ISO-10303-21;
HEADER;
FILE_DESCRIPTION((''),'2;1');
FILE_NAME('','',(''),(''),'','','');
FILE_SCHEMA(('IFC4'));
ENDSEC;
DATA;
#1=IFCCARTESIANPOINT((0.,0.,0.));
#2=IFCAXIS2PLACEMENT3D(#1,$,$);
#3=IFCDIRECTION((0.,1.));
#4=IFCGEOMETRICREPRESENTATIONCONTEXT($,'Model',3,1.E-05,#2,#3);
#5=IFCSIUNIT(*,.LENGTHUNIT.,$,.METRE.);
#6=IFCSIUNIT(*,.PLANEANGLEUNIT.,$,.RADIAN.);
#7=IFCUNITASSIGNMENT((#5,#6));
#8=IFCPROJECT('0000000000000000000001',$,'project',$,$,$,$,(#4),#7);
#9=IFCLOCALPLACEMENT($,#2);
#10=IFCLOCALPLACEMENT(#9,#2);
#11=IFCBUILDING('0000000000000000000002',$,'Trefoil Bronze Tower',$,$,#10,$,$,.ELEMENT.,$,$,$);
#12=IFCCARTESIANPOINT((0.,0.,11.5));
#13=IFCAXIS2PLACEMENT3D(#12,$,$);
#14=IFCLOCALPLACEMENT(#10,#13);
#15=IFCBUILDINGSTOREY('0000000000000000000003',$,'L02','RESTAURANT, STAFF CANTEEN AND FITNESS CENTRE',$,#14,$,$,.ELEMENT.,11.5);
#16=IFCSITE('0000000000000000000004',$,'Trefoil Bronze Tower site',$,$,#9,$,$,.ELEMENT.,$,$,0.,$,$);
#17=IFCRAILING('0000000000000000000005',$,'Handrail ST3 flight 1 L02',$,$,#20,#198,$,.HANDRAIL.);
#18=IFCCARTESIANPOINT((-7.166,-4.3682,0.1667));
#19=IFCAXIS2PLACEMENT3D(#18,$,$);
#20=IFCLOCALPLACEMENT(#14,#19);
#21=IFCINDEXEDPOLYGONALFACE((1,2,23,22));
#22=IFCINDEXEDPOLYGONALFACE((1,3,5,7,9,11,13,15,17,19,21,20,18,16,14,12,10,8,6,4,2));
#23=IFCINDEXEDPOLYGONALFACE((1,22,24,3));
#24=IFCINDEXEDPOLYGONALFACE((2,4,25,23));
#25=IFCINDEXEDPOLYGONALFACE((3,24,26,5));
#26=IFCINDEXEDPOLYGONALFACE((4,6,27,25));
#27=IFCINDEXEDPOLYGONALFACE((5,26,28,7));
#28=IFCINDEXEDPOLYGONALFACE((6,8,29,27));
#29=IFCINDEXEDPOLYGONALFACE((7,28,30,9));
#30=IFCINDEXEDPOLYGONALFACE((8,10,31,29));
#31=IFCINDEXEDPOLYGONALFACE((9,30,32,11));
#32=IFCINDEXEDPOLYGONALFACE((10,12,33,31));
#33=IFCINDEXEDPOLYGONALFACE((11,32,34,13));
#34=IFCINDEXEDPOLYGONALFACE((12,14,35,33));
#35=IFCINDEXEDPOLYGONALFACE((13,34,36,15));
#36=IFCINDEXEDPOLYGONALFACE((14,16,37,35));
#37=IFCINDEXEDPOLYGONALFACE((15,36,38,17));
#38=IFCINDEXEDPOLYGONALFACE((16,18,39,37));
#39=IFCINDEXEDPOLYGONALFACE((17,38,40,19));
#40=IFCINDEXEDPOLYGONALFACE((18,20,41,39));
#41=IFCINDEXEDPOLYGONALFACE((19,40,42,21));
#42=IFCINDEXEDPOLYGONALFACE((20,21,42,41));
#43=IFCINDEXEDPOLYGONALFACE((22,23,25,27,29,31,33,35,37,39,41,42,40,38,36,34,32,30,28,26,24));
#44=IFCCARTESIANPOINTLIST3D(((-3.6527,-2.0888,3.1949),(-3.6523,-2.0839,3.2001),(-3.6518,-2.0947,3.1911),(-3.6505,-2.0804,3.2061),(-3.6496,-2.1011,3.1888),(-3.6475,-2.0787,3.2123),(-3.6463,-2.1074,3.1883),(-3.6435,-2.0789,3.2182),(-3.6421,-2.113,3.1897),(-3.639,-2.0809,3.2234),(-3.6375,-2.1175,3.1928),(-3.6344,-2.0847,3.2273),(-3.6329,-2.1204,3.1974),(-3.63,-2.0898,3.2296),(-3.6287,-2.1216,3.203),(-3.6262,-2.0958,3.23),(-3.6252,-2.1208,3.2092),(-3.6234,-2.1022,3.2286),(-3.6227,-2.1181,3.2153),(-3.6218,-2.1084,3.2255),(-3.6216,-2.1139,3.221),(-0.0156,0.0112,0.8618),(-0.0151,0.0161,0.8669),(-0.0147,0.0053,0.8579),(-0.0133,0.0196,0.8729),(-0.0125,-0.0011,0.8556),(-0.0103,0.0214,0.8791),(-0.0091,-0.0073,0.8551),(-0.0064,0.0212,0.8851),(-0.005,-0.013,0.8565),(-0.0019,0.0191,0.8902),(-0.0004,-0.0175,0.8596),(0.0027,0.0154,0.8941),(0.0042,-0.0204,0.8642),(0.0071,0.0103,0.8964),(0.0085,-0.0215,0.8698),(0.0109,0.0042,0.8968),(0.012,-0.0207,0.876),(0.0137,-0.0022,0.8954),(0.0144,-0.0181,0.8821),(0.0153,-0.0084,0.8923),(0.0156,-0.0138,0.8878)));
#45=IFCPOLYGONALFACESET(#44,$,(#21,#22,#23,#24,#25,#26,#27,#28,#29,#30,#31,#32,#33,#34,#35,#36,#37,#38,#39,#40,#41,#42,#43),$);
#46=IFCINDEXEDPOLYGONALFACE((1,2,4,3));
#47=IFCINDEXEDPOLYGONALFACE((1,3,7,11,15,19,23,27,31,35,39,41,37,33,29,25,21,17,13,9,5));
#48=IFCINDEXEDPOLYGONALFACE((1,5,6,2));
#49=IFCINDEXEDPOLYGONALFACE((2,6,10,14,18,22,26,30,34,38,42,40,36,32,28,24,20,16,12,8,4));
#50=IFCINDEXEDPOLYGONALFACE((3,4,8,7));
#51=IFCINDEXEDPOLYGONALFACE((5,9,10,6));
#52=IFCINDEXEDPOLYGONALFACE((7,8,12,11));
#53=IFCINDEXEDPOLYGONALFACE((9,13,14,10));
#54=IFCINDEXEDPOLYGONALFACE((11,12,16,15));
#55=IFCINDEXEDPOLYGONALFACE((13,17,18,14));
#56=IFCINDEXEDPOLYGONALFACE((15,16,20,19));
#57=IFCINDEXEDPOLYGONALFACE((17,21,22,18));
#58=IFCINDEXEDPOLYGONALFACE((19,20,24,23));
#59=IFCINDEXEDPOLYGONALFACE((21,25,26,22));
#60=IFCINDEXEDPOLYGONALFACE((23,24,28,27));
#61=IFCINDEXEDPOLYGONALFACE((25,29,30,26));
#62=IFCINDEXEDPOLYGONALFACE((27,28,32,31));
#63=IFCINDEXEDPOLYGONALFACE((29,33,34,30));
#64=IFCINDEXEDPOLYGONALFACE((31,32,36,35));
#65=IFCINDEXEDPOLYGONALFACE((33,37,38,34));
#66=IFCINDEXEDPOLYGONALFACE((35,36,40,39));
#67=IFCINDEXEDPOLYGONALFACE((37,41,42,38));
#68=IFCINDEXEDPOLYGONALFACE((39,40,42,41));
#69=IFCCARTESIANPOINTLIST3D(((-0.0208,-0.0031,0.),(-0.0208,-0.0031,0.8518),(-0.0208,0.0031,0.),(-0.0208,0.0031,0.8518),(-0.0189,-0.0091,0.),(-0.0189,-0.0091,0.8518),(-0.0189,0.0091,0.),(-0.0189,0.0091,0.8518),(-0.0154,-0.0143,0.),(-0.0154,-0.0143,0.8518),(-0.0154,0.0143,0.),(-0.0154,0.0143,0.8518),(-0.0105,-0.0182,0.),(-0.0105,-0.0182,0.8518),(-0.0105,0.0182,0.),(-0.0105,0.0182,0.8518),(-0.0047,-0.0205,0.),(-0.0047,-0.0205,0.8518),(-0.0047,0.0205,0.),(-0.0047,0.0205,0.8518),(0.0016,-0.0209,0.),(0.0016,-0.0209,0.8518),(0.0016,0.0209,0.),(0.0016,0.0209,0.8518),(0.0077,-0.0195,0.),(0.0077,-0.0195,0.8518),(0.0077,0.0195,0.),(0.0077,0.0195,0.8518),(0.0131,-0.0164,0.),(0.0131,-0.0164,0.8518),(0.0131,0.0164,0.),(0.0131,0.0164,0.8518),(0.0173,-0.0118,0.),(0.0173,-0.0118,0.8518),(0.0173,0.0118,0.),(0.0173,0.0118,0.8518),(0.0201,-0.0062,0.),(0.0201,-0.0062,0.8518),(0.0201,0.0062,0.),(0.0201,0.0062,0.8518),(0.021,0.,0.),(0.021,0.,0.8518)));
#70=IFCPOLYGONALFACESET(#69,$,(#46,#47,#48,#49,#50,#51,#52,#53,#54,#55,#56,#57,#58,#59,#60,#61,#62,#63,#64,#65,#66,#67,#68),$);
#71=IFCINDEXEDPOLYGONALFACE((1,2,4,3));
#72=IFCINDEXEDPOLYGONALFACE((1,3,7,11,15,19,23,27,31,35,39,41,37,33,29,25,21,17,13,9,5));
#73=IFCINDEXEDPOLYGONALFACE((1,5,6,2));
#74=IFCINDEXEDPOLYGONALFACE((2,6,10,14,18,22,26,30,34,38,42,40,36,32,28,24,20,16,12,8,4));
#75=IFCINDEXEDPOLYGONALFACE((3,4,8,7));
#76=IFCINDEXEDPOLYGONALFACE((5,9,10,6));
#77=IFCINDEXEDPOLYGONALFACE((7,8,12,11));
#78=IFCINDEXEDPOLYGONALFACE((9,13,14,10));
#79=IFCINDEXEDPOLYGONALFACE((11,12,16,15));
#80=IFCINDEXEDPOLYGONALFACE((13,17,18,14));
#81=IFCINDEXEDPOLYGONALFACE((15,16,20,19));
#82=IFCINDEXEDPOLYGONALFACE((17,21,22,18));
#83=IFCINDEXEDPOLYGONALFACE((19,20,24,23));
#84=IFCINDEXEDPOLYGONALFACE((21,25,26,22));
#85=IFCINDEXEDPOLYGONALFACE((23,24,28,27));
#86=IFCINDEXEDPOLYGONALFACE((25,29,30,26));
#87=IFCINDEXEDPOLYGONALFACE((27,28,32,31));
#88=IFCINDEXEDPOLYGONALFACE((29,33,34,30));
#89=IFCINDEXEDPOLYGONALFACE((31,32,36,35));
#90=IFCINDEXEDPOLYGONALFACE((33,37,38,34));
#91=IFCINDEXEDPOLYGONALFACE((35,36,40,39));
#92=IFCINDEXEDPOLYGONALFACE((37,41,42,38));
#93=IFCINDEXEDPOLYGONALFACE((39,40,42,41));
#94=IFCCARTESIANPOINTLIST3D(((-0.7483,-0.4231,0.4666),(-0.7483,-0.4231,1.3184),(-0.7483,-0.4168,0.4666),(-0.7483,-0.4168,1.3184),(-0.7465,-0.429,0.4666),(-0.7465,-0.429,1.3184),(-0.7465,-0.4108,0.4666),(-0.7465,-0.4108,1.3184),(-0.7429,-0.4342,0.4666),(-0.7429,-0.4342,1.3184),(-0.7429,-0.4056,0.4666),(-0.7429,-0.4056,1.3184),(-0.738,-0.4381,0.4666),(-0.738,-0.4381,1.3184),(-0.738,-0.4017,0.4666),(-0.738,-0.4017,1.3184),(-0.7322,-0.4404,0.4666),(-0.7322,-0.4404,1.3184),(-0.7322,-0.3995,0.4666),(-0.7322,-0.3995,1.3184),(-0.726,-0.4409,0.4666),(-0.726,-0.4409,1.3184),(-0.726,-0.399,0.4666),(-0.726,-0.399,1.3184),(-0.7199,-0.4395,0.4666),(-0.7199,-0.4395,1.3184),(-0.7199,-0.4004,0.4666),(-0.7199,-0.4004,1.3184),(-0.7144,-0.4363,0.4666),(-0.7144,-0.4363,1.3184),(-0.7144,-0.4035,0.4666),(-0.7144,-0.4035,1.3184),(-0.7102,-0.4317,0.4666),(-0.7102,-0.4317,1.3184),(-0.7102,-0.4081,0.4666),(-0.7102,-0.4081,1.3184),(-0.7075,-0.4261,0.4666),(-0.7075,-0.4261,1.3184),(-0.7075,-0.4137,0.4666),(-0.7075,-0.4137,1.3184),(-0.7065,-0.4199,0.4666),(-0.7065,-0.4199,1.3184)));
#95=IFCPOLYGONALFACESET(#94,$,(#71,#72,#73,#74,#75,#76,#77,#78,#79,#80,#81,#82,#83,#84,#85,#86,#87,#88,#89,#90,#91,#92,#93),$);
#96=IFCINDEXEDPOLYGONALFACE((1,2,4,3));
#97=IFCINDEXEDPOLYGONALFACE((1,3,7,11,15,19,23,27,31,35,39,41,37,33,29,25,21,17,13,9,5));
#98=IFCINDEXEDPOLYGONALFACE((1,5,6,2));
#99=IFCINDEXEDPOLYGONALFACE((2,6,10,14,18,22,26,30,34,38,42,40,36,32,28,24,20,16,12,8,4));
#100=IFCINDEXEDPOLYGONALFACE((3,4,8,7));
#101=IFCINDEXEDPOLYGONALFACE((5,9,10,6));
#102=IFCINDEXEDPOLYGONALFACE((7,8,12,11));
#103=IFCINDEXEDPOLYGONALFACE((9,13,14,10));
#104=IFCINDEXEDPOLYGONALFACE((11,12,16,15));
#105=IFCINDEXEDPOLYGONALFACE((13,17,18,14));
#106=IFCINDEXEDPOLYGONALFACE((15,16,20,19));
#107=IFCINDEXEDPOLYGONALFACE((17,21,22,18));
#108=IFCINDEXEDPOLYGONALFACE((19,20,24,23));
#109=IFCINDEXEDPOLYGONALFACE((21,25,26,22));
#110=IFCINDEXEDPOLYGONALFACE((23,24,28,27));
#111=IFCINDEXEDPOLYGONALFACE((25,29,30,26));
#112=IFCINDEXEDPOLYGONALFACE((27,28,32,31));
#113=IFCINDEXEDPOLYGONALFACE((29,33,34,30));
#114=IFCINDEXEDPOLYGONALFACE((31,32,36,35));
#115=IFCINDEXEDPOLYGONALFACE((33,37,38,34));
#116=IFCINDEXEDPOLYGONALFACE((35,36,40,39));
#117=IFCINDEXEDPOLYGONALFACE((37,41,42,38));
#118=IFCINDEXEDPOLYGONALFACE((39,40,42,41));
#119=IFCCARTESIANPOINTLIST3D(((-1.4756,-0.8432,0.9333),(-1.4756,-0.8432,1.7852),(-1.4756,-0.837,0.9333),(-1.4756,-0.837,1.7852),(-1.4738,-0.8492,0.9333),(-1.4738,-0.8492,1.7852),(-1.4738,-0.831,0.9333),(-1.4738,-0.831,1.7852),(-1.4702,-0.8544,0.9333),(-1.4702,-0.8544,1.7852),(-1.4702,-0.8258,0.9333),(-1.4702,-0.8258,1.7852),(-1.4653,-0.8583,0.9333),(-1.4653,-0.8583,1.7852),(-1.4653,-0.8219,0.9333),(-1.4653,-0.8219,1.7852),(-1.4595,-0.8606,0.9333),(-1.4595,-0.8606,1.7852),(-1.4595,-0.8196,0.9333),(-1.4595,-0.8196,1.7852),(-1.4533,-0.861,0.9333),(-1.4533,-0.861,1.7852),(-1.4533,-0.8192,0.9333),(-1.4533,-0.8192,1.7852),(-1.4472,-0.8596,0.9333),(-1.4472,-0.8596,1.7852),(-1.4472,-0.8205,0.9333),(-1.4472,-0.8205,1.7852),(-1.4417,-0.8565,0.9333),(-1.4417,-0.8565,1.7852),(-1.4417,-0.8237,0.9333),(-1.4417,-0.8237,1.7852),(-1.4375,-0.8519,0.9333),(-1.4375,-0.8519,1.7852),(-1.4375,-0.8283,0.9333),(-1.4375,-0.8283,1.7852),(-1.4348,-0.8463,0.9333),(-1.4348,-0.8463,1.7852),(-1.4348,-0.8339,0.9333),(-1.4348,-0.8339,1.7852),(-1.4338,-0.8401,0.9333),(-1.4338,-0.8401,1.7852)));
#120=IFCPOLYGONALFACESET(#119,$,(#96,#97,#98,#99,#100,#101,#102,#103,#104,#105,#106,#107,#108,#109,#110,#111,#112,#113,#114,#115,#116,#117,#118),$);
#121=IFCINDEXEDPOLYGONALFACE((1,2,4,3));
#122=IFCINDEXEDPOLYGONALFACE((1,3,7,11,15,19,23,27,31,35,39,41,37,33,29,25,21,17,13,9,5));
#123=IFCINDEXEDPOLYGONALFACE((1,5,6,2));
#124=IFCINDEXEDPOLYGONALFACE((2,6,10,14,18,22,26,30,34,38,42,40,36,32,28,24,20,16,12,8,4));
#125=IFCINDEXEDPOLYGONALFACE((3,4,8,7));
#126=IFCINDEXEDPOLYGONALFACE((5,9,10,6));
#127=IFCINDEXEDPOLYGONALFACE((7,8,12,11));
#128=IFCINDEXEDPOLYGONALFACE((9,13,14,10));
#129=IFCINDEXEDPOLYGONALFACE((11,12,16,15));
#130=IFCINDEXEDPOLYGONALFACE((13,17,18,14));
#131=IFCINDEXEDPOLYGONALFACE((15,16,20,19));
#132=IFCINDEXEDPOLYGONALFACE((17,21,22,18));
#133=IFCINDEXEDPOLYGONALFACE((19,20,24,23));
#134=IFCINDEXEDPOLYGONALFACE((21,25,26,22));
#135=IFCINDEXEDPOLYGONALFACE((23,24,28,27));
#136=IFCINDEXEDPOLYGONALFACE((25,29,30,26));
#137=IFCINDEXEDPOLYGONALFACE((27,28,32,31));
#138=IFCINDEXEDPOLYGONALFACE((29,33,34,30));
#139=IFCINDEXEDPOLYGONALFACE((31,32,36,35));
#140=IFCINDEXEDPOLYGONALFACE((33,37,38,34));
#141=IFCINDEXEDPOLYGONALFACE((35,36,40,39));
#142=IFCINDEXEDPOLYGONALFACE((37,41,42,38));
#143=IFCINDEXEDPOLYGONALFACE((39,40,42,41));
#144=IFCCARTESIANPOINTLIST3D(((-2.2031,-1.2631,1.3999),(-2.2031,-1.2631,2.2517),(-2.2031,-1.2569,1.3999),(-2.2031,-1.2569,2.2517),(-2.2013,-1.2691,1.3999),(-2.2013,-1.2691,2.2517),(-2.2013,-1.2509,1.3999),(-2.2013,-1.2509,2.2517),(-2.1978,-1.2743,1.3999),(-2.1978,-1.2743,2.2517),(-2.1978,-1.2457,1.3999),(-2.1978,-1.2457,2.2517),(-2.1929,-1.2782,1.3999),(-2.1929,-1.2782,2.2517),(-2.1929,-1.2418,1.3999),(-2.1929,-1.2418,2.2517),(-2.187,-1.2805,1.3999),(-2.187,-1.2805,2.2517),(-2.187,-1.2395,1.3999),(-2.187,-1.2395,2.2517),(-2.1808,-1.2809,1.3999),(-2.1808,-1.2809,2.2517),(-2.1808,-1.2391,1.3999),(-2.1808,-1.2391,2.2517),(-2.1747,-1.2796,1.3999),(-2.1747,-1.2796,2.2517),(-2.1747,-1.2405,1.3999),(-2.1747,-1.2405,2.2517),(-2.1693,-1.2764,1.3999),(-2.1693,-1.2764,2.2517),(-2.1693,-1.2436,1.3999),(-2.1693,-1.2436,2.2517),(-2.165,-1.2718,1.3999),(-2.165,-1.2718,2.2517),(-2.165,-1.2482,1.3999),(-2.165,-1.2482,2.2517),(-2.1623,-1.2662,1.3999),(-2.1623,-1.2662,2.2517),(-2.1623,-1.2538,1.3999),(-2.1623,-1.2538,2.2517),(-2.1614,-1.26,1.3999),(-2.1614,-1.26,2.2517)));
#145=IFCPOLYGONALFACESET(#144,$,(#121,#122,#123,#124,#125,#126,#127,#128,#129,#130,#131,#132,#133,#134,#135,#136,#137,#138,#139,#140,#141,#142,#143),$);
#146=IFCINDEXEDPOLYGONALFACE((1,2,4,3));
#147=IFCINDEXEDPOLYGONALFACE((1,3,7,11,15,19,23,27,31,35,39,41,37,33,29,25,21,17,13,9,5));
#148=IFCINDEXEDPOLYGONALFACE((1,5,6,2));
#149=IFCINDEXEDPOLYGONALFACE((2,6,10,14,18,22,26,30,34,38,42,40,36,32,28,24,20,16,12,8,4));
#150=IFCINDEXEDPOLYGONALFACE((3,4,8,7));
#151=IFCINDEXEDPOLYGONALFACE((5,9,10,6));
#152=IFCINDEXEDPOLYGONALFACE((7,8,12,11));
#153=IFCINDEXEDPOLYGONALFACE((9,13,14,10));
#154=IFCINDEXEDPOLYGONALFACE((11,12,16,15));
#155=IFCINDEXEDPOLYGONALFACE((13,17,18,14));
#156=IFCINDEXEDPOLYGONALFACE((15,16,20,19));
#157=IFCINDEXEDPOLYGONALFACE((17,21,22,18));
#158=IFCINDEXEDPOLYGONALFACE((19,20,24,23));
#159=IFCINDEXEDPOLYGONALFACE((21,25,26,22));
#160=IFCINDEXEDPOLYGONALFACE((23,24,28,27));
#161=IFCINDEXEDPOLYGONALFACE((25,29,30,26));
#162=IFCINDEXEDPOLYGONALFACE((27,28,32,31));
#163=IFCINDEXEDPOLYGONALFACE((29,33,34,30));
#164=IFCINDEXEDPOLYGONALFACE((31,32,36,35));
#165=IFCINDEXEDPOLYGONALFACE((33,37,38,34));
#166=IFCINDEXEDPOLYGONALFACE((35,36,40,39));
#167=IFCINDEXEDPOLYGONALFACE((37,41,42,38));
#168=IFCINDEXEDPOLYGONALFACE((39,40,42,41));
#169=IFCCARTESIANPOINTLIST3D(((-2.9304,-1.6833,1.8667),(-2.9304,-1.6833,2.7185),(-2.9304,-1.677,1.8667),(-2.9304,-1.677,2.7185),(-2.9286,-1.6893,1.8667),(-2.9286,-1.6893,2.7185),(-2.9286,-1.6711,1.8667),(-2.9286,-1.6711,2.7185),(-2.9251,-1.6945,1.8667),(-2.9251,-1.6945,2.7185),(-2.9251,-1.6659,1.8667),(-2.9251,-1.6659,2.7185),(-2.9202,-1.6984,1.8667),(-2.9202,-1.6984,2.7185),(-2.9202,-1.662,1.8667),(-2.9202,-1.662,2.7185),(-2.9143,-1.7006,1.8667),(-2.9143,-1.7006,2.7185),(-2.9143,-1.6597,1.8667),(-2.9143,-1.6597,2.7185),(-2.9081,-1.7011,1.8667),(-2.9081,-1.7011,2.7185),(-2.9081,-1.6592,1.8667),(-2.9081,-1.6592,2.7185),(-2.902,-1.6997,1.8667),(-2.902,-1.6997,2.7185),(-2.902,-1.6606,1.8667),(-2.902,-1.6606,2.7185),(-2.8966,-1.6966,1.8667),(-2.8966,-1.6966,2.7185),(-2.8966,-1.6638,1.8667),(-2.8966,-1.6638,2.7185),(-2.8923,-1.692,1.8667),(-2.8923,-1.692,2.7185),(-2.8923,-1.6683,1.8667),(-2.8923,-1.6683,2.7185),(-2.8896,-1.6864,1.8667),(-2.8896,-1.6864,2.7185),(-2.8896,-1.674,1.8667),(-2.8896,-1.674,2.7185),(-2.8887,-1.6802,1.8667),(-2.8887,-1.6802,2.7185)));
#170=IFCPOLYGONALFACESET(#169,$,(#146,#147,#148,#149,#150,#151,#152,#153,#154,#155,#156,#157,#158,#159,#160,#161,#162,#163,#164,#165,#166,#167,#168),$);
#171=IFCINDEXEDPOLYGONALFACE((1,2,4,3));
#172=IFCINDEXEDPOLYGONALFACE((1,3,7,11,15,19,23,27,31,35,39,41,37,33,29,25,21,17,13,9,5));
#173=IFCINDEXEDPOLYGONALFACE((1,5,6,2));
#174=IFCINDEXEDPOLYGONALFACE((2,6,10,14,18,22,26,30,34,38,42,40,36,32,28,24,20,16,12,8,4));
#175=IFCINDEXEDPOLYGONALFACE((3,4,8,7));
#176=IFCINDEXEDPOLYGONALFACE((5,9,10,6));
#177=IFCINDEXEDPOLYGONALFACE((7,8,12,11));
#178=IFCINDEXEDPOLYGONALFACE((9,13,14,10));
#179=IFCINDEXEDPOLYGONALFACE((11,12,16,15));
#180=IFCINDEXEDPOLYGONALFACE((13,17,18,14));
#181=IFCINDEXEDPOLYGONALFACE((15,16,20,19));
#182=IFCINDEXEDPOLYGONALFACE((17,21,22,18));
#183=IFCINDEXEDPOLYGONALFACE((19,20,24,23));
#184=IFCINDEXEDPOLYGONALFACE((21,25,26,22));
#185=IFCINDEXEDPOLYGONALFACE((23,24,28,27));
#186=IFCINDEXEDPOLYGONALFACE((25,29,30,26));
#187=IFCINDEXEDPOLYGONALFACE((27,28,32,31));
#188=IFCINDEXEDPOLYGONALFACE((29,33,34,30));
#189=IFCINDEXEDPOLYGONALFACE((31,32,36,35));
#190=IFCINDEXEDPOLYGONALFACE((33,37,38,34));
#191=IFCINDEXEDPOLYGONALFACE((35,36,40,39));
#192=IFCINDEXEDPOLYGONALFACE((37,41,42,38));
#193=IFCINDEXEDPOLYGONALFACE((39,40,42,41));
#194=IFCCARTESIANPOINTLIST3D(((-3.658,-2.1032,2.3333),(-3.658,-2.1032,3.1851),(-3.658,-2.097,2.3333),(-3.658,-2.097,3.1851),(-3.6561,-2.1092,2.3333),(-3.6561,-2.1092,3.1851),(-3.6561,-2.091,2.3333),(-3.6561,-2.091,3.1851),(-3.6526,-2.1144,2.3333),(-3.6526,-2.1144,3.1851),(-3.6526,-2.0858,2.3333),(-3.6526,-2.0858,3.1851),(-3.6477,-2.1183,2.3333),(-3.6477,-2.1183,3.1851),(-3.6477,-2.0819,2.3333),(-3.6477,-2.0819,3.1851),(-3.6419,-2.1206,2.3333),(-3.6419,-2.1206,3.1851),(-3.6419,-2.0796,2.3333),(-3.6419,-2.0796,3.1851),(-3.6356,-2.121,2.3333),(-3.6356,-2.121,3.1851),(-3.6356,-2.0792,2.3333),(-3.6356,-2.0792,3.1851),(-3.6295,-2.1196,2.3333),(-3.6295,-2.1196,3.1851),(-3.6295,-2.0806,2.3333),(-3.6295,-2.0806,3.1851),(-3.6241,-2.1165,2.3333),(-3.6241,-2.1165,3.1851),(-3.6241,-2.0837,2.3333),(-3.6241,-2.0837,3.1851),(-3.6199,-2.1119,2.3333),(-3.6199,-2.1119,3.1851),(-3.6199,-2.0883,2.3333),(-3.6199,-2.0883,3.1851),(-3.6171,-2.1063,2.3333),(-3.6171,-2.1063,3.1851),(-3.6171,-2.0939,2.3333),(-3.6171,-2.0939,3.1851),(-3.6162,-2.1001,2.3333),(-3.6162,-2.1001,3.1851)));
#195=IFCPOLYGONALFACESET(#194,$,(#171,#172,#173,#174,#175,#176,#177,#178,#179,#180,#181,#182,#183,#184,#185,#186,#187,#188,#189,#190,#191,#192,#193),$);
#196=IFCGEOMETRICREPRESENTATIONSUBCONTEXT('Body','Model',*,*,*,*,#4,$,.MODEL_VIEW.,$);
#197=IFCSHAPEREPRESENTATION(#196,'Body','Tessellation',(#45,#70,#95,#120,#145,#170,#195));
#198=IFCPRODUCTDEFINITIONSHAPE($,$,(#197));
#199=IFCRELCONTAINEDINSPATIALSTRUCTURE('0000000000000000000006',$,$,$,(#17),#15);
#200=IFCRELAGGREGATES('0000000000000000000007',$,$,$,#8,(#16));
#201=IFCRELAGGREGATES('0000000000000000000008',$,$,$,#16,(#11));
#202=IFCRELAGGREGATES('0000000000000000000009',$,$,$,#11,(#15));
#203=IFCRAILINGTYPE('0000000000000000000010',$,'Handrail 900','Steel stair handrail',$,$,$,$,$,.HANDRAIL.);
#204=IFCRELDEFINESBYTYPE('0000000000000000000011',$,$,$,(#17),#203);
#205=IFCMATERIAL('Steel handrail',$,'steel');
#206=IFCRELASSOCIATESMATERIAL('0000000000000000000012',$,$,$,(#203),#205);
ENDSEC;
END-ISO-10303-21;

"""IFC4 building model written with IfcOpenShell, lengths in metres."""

from ifc_helpers import new_model, si_unit, direction, frame, origin, origin_2d, place, context, subcontext, project, spatial, circle, extrude, material, type_object, element, save


model = new_model("IFC4")

# Units and contexts
model_context = context("Model", 3, precision=1e-05, world=origin(), true_north=direction((0.0, 1.0)))
body_context = subcontext(model_context, "Body", "Model", "MODEL_VIEW")
ifc_project = project(units=[si_unit("LENGTHUNIT", "METRE"), si_unit("PLANEANGLEUNIT", "RADIAN")], contexts=[model_context])

# Site, building, storey
site_placement = place(None, origin())
site = spatial("IfcSite", under=ifc_project, at=site_placement, Name="Trefoil Bronze Tower site", CompositionType="ELEMENT", RefElevation=0.0)
building_placement = place(site_placement, origin())
building = spatial("IfcBuilding", under=site, at=building_placement, Name="Trefoil Bronze Tower", CompositionType="ELEMENT")
storey_placement = place(building_placement, frame((0.0, 0.0, 11.5)))
storey = spatial("IfcBuildingStorey", under=building, at=storey_placement, Name="L02", Description="RESTAURANT, STAFF CANTEEN AND FITNESS CENTRE", CompositionType="ELEMENT", Elevation=11.5)

# Railing
ifc_material_1 = material(Name="Steel handrail", Category="steel")
railing_type = type_object("IfcRailingType", Name="Handrail 900", Description="Steel stair handrail", PredefinedType="HANDRAIL", material=ifc_material_1)
railing_1_placement = place(storey_placement, frame((-7.166, -4.3682, 0.1667)))
element("IfcRailing", 1, at=railing_1_placement, inside=storey, type_object=railing_type, Name="Handrail ST3 flight 1 L02", PredefinedType="HANDRAIL", context=body_context, shape_type="SweptSolid", body=[
    extrude(circle(Radius=0.0239, at=origin_2d()), frame((0.0, 0.0, 0.876), z_axis=(-0.757033, -0.437106, 0.485633), x_axis=(0.500028, -0.866009, 0.0)), (0.0, 0.0, 1.0), 4.8044),
    extrude(circle(Radius=0.021, at=origin_2d()), origin(), (0.0, 0.0, 1.0), 0.8518),
    extrude(circle(Radius=0.021, at=origin_2d()), frame((-0.7275, -0.4199, 0.4666)), (0.0, 0.0, 1.0), 0.8518),
    extrude(circle(Radius=0.021, at=origin_2d()), frame((-1.4548, -0.8401, 0.9333)), (0.0, 0.0, 1.0), 0.8518),
    extrude(circle(Radius=0.021, at=origin_2d()), frame((-2.1824, -1.26, 1.3999)), (0.0, 0.0, 1.0), 0.8518),
    extrude(circle(Radius=0.021, at=origin_2d()), frame((-2.9097, -1.6802, 1.8667)), (0.0, 0.0, 1.0), 0.8518),
    extrude(circle(Radius=0.021, at=origin_2d()), frame((-3.6372, -2.1001, 2.3333)), (0.0, 0.0, 1.0), 0.8518),
])

save(model, "model.ifc")
